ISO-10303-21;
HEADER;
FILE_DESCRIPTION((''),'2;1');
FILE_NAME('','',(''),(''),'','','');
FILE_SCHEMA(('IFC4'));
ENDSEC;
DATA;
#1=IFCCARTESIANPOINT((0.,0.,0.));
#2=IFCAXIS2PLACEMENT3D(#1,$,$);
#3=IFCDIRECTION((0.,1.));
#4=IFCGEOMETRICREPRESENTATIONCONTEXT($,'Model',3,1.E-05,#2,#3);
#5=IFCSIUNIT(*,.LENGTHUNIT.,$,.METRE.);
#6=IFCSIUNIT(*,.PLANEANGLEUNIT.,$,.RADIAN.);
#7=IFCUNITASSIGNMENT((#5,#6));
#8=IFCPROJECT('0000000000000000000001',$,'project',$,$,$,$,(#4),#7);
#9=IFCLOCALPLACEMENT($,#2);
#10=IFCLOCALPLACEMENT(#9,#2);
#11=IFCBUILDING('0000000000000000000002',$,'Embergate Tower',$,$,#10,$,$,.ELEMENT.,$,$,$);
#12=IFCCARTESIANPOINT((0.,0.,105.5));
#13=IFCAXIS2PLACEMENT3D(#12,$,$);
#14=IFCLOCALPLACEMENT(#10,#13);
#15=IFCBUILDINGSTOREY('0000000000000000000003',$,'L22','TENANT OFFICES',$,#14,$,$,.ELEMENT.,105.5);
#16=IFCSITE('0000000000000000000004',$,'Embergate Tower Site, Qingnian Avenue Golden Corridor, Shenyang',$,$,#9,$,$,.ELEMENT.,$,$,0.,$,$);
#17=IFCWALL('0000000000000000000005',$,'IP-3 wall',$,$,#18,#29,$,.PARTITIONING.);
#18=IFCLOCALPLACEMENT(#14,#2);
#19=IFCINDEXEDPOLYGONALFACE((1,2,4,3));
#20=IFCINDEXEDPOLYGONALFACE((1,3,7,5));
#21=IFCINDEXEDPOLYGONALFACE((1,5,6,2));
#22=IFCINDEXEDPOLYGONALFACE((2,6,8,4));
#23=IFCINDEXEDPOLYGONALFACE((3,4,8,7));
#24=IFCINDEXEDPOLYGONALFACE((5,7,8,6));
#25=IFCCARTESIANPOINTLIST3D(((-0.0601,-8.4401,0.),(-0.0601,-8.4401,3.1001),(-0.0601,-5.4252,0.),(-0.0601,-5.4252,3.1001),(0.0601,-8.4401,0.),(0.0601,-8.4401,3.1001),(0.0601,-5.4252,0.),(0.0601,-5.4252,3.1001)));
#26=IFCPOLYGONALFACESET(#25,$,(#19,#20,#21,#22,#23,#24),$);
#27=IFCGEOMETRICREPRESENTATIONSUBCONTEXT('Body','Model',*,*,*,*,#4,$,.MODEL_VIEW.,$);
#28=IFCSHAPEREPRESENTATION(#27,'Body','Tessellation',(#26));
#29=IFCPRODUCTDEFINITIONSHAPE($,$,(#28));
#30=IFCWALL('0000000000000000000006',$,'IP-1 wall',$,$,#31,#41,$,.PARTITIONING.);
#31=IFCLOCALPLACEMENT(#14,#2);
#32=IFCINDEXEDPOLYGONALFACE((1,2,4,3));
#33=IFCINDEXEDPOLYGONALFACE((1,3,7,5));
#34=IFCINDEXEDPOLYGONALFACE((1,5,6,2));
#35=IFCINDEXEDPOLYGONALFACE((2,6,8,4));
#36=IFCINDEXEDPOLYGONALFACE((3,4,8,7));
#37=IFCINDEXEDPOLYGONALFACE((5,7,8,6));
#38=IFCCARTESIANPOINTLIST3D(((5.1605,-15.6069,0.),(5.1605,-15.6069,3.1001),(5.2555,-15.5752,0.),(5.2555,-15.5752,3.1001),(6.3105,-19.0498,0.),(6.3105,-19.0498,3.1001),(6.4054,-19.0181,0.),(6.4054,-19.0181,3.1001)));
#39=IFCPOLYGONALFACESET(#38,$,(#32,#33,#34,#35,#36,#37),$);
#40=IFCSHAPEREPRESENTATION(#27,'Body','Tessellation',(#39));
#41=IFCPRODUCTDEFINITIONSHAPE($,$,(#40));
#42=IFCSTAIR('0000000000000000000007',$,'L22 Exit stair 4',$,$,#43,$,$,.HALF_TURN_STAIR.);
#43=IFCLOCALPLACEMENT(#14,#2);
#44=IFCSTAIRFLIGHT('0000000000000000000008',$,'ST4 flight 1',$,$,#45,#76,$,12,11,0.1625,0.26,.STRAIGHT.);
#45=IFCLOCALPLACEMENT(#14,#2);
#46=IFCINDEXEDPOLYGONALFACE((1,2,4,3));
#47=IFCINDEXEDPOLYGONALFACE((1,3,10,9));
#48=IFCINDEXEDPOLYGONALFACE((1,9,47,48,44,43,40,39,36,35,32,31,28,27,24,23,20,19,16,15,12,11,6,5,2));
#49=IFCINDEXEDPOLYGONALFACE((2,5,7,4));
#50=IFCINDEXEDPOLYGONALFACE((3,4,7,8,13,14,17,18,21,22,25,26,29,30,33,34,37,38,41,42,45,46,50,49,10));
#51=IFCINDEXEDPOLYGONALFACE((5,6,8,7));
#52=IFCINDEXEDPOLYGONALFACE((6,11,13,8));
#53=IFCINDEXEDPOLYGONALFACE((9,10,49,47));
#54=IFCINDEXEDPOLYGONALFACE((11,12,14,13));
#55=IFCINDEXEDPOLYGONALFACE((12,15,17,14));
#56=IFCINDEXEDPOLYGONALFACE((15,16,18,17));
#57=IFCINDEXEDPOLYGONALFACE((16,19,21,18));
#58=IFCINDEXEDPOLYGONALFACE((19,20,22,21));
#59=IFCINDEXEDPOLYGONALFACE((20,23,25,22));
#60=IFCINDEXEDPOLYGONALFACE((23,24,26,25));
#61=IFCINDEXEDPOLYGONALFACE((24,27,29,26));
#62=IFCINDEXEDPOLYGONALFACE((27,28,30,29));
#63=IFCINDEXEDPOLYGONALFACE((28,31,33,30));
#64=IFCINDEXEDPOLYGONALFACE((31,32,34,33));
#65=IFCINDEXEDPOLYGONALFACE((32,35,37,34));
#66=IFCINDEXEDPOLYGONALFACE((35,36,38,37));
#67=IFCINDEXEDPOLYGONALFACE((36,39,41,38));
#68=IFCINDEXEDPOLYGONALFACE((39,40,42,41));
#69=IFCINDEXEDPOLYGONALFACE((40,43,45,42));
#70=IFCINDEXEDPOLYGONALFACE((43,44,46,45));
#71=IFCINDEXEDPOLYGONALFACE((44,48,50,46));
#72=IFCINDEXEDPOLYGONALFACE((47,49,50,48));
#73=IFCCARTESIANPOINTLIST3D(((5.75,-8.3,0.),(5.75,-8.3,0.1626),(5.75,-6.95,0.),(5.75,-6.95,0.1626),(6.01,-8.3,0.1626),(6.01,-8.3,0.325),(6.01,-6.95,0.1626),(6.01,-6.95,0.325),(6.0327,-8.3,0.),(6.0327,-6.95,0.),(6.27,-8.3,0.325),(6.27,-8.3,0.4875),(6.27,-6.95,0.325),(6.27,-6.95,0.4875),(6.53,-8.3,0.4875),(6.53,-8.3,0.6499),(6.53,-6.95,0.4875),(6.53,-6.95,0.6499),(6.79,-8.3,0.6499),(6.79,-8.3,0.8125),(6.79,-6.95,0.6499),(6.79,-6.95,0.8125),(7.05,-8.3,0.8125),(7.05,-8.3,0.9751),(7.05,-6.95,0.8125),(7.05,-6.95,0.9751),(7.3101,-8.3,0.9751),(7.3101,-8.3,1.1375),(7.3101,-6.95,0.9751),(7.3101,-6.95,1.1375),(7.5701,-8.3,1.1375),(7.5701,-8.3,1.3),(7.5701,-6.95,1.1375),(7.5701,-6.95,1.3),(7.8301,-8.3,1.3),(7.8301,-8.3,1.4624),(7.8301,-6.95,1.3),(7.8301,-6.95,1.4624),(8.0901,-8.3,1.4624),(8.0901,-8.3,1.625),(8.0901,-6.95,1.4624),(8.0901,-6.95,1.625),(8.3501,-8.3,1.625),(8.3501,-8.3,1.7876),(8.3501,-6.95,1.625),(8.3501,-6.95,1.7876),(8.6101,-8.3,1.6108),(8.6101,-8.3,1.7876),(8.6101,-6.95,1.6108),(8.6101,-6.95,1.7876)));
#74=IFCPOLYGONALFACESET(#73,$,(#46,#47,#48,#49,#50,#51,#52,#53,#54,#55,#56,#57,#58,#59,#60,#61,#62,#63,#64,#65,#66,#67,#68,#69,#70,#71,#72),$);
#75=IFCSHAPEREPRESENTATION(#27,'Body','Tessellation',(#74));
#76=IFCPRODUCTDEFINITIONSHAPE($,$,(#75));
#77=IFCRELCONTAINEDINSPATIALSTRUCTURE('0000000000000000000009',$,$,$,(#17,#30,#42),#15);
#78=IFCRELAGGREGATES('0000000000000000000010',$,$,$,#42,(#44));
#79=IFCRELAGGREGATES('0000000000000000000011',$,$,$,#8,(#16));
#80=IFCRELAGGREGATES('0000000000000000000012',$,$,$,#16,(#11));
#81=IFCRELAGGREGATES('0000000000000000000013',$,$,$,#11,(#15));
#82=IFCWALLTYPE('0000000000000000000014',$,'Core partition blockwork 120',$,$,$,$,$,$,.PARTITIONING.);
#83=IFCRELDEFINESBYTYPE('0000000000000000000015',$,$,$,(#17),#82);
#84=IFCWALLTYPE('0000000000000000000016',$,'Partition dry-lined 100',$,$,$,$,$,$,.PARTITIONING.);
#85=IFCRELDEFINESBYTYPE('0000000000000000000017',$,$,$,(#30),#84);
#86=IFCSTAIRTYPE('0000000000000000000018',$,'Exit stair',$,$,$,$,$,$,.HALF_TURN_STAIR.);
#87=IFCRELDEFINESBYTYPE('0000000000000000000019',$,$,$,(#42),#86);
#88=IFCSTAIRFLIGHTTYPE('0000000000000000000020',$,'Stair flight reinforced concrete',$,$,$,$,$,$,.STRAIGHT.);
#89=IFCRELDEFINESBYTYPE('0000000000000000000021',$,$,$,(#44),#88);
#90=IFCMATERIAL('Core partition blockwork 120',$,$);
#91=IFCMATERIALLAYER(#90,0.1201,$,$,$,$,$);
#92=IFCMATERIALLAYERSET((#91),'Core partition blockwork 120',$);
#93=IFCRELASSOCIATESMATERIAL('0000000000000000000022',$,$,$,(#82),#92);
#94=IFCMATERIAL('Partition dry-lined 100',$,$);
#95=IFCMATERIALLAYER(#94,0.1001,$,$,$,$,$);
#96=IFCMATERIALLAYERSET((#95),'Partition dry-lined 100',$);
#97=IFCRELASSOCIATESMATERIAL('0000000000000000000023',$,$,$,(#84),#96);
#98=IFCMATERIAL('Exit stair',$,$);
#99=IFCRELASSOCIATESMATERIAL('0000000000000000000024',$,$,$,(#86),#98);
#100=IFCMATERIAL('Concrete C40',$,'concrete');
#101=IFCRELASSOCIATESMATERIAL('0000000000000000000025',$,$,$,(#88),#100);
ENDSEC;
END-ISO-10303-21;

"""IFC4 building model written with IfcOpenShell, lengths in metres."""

from ifc_helpers import new_model, si_unit, direction, frame, frame_2d, origin, place, context, subcontext, project, spatial, polyline, rectangle, outline, extrude, source, transform, mapped, material, layer, layer_set, type_object, element, aggregate, save


model = new_model("IFC4")

# Units and contexts
model_context = context("Model", 3, precision=1e-05, world=origin(), true_north=direction((0.0, 1.0)))
body_context = subcontext(model_context, "Body", "Model", "MODEL_VIEW")
ifc_project = project(units=[si_unit("LENGTHUNIT", "METRE"), si_unit("PLANEANGLEUNIT", "RADIAN")], contexts=[model_context])

# Site, building, storey
site_placement = place(None, origin())
site = spatial("IfcSite", under=ifc_project, at=site_placement, Name="Embergate Tower Site, Qingnian Avenue Golden Corridor, Shenyang", CompositionType="ELEMENT", RefElevation=0.0)
building_placement = place(site_placement, origin())
building = spatial("IfcBuilding", under=site, at=building_placement, Name="Embergate Tower", CompositionType="ELEMENT")
storey_placement = place(building_placement, frame((0.0, 0.0, 105.5)))
storey = spatial("IfcBuildingStorey", under=building, at=storey_placement, Name="L22", Description="TENANT OFFICES", CompositionType="ELEMENT", Elevation=105.5)

# Shared definitions
ifc_material_1 = material(Name="Core partition blockwork 120")
ifc_layer_1 = layer(ifc_material_1, 0.1201)
ifc_layer_set_1 = layer_set([ifc_layer_1], Name="Core partition blockwork 120")
wall_type_1 = type_object("IfcWallType", Name="Core partition blockwork 120", PredefinedType="PARTITIONING", material=ifc_layer_set_1)

# Walls
shared_shape_1 = source(origin(), body_context, "Body", "SweptSolid", [
    extrude(rectangle(XDim=3.0149, YDim=0.1201, at=frame_2d((1.5073, 0.0))), origin(), (0.0, 0.0, 1.0), 3.1001),
])
wall_1_placement = place(storey_placement, frame((0.0, -8.4399, 0.0), z_axis=(0.0, 0.0, 1.0), x_axis=(0.0, 1.0, 0.0)))
element("IfcWall", 1, at=wall_1_placement, inside=storey, type_object=wall_type_1, Name="IP-3 wall", PredefinedType="PARTITIONING", context=body_context, shape_type="MappedRepresentation", body=[
    mapped(shared_shape_1, transform((0.0, 0.0, 0.0))),
])
ifc_material_2 = material(Name="Partition dry-lined 100")
ifc_layer_2 = layer(ifc_material_2, 0.1001)
ifc_layer_set_2 = layer_set([ifc_layer_2], Name="Partition dry-lined 100")
wall_type_2 = type_object("IfcWallType", Name="Partition dry-lined 100", PredefinedType="PARTITIONING", material=ifc_layer_set_2)
shared_shape_2 = source(origin(), body_context, "Body", "SweptSolid", [
    extrude(rectangle(XDim=3.6299, YDim=0.1001, at=frame_2d((1.8149, 0.0))), origin(), (0.0, 0.0, 1.0), 3.1001),
])
wall_2_placement = place(storey_placement, frame((5.208, -15.5911, 0.0), z_axis=(0.0, 0.0, 1.0), x_axis=(0.316793, -0.948495, 0.0)))
element("IfcWall", 2, at=wall_2_placement, inside=storey, type_object=wall_type_2, Name="IP-1 wall", PredefinedType="PARTITIONING", context=body_context, shape_type="MappedRepresentation", body=[
    mapped(shared_shape_2, transform((0.0, 0.0, 0.0))),
])

# Stair, stair flight
ifc_material_3 = material(Name="Exit stair")
stair_type = type_object("IfcStairType", Name="Exit stair", PredefinedType="HALF_TURN_STAIR", material=ifc_material_3)
stair_placement = place(storey_placement, origin())
stair = element("IfcStair", 3, at=stair_placement, inside=storey, type_object=stair_type, Name="L22 Exit stair 4", PredefinedType="HALF_TURN_STAIR")
ifc_material_4 = material(Name="Concrete C40", Category="concrete")
stair_flight_type = type_object("IfcStairFlightType", Name="Stair flight reinforced concrete", PredefinedType="STRAIGHT", material=ifc_material_4)
shared_shape_3 = source(origin(), body_context, "Body", "SweptSolid", [
    extrude(outline(polyline([(0.0, 0.0), (0.0, 0.1626), (0.26, 0.1626), (0.26, 0.325), (0.52, 0.325), (0.52, 0.4875), (0.78, 0.4875), (0.78, 0.6499), (1.04, 0.6499), (1.04, 0.8125), (1.3, 0.8125), (1.3, 0.9751), (1.5601, 0.9751), (1.5601, 1.1375), (1.8201, 1.1375), (1.8201, 1.3), (2.0801, 1.3), (2.0801, 1.4624), (2.3401, 1.4624), (2.3401, 1.625), (2.6001, 1.625), (2.6001, 1.7876), (2.8601, 1.7876), (2.8601, 1.95), (2.8601, 1.6108), (0.2827, 0.0), (0.0, 0.0)])), frame((0.0, 0.675, 0.0), z_axis=(0.0, -1.0, 0.0), x_axis=(1.0, 0.0, 0.0)), (0.0, 0.0, 1.0), 1.3501),
])
stair_flight_placement = place(storey_placement, frame((5.75, -7.625, 0.0), z_axis=(0.0, 0.0, 1.0), x_axis=(1.0, 0.0, 0.0)))
stair_flight = element("IfcStairFlight", 4, at=stair_flight_placement, type_object=stair_flight_type, Name="ST4 flight 1", NumberOfRisers=12, NumberOfTreads=11, PredefinedType="STRAIGHT", RiserHeight=0.1625, TreadLength=0.26, context=body_context, shape_type="MappedRepresentation", body=[
    mapped(shared_shape_3, transform((0.0, 0.0, 0.0))),
])
aggregate(stair, [stair_flight])

save(model, "model.ifc")
